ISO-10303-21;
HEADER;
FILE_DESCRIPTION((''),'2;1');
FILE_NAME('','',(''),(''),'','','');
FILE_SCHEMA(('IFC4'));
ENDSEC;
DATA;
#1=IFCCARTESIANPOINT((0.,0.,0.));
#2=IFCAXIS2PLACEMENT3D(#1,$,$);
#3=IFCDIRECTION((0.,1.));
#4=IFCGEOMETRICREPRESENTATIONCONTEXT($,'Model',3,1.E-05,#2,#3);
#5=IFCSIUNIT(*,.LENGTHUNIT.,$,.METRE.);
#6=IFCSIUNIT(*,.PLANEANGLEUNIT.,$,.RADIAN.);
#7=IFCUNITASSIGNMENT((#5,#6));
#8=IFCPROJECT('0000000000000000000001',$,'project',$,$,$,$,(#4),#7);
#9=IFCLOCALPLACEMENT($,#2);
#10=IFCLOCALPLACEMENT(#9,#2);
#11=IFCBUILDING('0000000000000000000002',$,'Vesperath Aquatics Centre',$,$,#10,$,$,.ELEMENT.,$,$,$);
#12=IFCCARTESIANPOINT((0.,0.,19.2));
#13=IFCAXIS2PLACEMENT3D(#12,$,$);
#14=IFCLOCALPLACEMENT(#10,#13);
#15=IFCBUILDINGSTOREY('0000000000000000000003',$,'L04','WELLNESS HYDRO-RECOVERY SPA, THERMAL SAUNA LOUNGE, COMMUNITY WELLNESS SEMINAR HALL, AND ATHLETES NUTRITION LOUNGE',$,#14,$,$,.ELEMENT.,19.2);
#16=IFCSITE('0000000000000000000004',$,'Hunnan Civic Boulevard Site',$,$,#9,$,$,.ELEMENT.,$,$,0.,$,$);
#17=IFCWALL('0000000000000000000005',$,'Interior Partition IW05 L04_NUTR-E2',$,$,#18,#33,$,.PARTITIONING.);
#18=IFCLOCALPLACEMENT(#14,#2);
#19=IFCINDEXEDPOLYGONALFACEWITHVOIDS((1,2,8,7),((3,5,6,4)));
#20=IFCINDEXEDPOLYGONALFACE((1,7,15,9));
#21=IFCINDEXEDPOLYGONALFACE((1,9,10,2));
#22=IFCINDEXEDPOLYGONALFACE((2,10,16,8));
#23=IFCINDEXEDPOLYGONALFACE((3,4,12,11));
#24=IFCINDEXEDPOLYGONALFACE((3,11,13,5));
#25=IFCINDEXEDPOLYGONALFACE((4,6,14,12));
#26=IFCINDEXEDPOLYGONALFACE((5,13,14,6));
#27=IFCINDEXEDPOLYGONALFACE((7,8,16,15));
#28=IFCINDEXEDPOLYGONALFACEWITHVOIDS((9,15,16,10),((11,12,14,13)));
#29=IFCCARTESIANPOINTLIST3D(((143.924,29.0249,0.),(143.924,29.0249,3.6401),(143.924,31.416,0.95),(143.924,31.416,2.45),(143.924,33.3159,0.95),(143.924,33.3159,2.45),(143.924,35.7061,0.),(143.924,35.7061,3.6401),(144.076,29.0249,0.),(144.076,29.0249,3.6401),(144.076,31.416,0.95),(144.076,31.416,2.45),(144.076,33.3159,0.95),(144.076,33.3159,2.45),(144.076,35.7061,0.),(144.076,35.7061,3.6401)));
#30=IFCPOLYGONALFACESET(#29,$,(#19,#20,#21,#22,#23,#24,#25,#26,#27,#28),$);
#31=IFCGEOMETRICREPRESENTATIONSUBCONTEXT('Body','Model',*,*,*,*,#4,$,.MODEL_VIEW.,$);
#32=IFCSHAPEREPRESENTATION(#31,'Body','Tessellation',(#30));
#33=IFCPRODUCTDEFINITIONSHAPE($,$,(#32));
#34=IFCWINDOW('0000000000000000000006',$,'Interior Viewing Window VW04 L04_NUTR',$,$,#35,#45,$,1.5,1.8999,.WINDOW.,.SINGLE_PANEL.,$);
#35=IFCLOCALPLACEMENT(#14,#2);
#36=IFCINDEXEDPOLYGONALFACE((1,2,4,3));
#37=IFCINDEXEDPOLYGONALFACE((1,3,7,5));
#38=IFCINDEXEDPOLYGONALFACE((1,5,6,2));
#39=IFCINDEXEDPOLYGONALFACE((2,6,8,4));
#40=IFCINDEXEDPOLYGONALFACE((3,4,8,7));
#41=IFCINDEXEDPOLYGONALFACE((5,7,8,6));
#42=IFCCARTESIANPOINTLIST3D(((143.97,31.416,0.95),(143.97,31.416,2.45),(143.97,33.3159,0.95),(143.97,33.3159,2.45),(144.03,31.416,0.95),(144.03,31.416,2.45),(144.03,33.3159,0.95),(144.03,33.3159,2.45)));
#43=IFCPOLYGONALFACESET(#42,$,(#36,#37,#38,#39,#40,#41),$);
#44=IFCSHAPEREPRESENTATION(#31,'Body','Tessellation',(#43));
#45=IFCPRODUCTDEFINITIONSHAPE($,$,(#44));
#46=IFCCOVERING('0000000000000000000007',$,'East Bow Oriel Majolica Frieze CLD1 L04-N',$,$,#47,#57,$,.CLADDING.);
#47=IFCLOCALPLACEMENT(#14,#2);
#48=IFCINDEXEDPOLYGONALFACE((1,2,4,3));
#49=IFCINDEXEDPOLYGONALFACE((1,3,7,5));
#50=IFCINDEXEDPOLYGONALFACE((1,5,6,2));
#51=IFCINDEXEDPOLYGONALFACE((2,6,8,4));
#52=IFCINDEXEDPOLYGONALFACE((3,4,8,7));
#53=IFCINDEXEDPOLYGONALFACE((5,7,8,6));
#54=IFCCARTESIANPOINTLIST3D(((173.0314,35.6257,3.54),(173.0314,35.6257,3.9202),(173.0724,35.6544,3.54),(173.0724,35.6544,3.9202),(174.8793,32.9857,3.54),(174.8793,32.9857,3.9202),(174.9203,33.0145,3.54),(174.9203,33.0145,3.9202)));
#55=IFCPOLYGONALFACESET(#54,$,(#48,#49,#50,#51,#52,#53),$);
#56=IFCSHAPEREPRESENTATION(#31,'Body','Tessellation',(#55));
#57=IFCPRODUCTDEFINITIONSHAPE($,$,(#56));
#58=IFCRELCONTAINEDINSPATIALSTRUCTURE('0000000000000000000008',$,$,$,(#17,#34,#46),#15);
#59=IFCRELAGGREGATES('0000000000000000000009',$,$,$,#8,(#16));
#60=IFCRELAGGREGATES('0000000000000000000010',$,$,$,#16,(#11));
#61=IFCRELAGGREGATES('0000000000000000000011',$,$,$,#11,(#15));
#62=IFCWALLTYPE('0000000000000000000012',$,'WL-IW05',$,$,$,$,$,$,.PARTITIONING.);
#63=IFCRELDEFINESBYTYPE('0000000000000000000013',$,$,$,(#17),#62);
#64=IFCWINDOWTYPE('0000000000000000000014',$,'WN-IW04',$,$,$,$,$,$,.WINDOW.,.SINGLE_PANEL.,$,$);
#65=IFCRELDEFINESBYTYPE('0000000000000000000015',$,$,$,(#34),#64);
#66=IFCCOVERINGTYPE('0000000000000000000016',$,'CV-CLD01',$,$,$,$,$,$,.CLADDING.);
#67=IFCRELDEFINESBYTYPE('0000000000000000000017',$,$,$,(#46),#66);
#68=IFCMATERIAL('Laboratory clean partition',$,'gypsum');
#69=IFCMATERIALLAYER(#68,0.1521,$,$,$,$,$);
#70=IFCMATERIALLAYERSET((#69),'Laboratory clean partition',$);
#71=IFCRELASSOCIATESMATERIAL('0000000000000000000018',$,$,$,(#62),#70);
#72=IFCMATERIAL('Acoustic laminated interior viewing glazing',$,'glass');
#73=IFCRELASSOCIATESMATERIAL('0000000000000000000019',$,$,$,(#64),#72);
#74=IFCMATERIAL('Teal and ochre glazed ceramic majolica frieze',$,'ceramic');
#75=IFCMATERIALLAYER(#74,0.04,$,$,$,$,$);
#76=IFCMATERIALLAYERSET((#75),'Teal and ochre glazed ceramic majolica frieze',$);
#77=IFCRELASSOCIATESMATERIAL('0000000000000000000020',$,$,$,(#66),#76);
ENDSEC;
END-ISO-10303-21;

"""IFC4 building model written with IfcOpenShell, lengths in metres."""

from ifc_helpers import new_model, si_unit, direction, frame, frame_2d, origin, place, context, subcontext, project, spatial, rectangle, extrude, material, layer, layer_set, type_object, element, fill, save


model = new_model("IFC4")

# Units and contexts
model_context = context("Model", 3, precision=1e-05, world=origin(), true_north=direction((0.0, 1.0)))
body_context = subcontext(model_context, "Body", "Model", "MODEL_VIEW")
ifc_project = project(units=[si_unit("LENGTHUNIT", "METRE"), si_unit("PLANEANGLEUNIT", "RADIAN")], contexts=[model_context])

# Site, building, storey
site_placement = place(None, origin())
site = spatial("IfcSite", under=ifc_project, at=site_placement, Name="Hunnan Civic Boulevard Site", CompositionType="ELEMENT", RefElevation=0.0)
building_placement = place(site_placement, origin())
building = spatial("IfcBuilding", under=site, at=building_placement, Name="Vesperath Aquatics Centre", CompositionType="ELEMENT")
storey_placement = place(building_placement, frame((0.0, 0.0, 19.2)))
storey = spatial("IfcBuildingStorey", under=building, at=storey_placement, Name="L04", Description="WELLNESS HYDRO-RECOVERY SPA, THERMAL SAUNA LOUNGE, COMMUNITY WELLNESS SEMINAR HALL, AND ATHLETES NUTRITION LOUNGE", CompositionType="ELEMENT", Elevation=19.2)

# Wall, opening, window
ifc_material_1 = material(Name="Laboratory clean partition", Category="gypsum")
ifc_layer_1 = layer(ifc_material_1, 0.1521)
ifc_layer_set_1 = layer_set([ifc_layer_1], Name="Laboratory clean partition")
wall_type_1 = type_object("IfcWallType", Name="WL-IW05", PredefinedType="PARTITIONING", material=ifc_layer_set_1)
wall_1_placement = place(storey_placement, frame((144.0, 29.0249, 0.0), z_axis=(0.0, 0.0, 1.0), x_axis=(0.0, 1.0, 0.0)))
wall_1 = element("IfcWall", 1, at=wall_1_placement, inside=storey, type_object=wall_type_1, Name="Interior Partition IW05 L04_NUTR-E2", PredefinedType="PARTITIONING", context=body_context, shape_type="SweptSolid", body=[
    extrude(rectangle(XDim=6.6812, YDim=0.1521, at=frame_2d((3.3406, 0.0))), origin(), (0.0, 0.0, 1.0), 3.6401),
])
opening_placement = place(wall_1_placement, frame((2.3911, 0.0, 0.95)))
opening = element("IfcOpeningElement", 2, at=opening_placement, cuts=wall_1, PredefinedType="OPENING", context=body_context, shape_type="SweptSolid", body=[
    extrude(rectangle(XDim=1.8999, YDim=1.5, at=frame_2d((0.95, 0.75))), frame((0.0, 0.0908, 0.0), z_axis=(0.0, -1.0, 0.0), x_axis=(1.0, 0.0, 0.0)), (0.0, 0.0, 1.0), 0.1819),
])
ifc_material_2 = material(Name="Acoustic laminated interior viewing glazing", Category="glass")
window_type = type_object("IfcWindowType", Name="WN-IW04", PartitioningType="SINGLE_PANEL", PredefinedType="WINDOW", material=ifc_material_2)
window_placement = place(opening_placement, origin())
window = element("IfcWindow", 3, at=window_placement, inside=storey, type_object=window_type, Name="Interior Viewing Window VW04 L04_NUTR", OverallHeight=1.5, OverallWidth=1.8999, PartitioningType="SINGLE_PANEL", PredefinedType="WINDOW", context=body_context, shape_type="SweptSolid", body=[
    extrude(rectangle(XDim=1.8999, YDim=1.5, at=frame_2d((0.95, 0.75))), frame((0.0, 0.03, 0.0), z_axis=(0.0, -1.0, 0.0), x_axis=(1.0, 0.0, 0.0)), (0.0, 0.0, 1.0), 0.0601),
])
fill(opening, window)

# Covering
ifc_material_3 = material(Name="Teal and ochre glazed ceramic majolica frieze", Category="ceramic")
ifc_layer_2 = layer(ifc_material_3, 0.04)
ifc_layer_set_2 = layer_set([ifc_layer_2], Name="Teal and ochre glazed ceramic majolica frieze")
covering_type = type_object("IfcCoveringType", Name="CV-CLD01", PredefinedType="CLADDING", material=ifc_layer_set_2)
covering_placement = place(storey_placement, frame((174.8999, 33.0, 3.54), z_axis=(0.0, 0.0, 1.0), x_axis=(-0.573457, 0.819235, 0.0)))
element("IfcCovering", 4, at=covering_placement, inside=storey, type_object=covering_type, Name="East Bow Oriel Majolica Frieze CLD1 L04-N", PredefinedType="CLADDING", context=body_context, shape_type="SweptSolid", body=[
    extrude(rectangle(XDim=3.2224, YDim=0.05, at=frame_2d((1.6113, 0.0))), origin(), (0.0, 0.0, 1.0), 0.3801),
])

save(model, "model.ifc")
